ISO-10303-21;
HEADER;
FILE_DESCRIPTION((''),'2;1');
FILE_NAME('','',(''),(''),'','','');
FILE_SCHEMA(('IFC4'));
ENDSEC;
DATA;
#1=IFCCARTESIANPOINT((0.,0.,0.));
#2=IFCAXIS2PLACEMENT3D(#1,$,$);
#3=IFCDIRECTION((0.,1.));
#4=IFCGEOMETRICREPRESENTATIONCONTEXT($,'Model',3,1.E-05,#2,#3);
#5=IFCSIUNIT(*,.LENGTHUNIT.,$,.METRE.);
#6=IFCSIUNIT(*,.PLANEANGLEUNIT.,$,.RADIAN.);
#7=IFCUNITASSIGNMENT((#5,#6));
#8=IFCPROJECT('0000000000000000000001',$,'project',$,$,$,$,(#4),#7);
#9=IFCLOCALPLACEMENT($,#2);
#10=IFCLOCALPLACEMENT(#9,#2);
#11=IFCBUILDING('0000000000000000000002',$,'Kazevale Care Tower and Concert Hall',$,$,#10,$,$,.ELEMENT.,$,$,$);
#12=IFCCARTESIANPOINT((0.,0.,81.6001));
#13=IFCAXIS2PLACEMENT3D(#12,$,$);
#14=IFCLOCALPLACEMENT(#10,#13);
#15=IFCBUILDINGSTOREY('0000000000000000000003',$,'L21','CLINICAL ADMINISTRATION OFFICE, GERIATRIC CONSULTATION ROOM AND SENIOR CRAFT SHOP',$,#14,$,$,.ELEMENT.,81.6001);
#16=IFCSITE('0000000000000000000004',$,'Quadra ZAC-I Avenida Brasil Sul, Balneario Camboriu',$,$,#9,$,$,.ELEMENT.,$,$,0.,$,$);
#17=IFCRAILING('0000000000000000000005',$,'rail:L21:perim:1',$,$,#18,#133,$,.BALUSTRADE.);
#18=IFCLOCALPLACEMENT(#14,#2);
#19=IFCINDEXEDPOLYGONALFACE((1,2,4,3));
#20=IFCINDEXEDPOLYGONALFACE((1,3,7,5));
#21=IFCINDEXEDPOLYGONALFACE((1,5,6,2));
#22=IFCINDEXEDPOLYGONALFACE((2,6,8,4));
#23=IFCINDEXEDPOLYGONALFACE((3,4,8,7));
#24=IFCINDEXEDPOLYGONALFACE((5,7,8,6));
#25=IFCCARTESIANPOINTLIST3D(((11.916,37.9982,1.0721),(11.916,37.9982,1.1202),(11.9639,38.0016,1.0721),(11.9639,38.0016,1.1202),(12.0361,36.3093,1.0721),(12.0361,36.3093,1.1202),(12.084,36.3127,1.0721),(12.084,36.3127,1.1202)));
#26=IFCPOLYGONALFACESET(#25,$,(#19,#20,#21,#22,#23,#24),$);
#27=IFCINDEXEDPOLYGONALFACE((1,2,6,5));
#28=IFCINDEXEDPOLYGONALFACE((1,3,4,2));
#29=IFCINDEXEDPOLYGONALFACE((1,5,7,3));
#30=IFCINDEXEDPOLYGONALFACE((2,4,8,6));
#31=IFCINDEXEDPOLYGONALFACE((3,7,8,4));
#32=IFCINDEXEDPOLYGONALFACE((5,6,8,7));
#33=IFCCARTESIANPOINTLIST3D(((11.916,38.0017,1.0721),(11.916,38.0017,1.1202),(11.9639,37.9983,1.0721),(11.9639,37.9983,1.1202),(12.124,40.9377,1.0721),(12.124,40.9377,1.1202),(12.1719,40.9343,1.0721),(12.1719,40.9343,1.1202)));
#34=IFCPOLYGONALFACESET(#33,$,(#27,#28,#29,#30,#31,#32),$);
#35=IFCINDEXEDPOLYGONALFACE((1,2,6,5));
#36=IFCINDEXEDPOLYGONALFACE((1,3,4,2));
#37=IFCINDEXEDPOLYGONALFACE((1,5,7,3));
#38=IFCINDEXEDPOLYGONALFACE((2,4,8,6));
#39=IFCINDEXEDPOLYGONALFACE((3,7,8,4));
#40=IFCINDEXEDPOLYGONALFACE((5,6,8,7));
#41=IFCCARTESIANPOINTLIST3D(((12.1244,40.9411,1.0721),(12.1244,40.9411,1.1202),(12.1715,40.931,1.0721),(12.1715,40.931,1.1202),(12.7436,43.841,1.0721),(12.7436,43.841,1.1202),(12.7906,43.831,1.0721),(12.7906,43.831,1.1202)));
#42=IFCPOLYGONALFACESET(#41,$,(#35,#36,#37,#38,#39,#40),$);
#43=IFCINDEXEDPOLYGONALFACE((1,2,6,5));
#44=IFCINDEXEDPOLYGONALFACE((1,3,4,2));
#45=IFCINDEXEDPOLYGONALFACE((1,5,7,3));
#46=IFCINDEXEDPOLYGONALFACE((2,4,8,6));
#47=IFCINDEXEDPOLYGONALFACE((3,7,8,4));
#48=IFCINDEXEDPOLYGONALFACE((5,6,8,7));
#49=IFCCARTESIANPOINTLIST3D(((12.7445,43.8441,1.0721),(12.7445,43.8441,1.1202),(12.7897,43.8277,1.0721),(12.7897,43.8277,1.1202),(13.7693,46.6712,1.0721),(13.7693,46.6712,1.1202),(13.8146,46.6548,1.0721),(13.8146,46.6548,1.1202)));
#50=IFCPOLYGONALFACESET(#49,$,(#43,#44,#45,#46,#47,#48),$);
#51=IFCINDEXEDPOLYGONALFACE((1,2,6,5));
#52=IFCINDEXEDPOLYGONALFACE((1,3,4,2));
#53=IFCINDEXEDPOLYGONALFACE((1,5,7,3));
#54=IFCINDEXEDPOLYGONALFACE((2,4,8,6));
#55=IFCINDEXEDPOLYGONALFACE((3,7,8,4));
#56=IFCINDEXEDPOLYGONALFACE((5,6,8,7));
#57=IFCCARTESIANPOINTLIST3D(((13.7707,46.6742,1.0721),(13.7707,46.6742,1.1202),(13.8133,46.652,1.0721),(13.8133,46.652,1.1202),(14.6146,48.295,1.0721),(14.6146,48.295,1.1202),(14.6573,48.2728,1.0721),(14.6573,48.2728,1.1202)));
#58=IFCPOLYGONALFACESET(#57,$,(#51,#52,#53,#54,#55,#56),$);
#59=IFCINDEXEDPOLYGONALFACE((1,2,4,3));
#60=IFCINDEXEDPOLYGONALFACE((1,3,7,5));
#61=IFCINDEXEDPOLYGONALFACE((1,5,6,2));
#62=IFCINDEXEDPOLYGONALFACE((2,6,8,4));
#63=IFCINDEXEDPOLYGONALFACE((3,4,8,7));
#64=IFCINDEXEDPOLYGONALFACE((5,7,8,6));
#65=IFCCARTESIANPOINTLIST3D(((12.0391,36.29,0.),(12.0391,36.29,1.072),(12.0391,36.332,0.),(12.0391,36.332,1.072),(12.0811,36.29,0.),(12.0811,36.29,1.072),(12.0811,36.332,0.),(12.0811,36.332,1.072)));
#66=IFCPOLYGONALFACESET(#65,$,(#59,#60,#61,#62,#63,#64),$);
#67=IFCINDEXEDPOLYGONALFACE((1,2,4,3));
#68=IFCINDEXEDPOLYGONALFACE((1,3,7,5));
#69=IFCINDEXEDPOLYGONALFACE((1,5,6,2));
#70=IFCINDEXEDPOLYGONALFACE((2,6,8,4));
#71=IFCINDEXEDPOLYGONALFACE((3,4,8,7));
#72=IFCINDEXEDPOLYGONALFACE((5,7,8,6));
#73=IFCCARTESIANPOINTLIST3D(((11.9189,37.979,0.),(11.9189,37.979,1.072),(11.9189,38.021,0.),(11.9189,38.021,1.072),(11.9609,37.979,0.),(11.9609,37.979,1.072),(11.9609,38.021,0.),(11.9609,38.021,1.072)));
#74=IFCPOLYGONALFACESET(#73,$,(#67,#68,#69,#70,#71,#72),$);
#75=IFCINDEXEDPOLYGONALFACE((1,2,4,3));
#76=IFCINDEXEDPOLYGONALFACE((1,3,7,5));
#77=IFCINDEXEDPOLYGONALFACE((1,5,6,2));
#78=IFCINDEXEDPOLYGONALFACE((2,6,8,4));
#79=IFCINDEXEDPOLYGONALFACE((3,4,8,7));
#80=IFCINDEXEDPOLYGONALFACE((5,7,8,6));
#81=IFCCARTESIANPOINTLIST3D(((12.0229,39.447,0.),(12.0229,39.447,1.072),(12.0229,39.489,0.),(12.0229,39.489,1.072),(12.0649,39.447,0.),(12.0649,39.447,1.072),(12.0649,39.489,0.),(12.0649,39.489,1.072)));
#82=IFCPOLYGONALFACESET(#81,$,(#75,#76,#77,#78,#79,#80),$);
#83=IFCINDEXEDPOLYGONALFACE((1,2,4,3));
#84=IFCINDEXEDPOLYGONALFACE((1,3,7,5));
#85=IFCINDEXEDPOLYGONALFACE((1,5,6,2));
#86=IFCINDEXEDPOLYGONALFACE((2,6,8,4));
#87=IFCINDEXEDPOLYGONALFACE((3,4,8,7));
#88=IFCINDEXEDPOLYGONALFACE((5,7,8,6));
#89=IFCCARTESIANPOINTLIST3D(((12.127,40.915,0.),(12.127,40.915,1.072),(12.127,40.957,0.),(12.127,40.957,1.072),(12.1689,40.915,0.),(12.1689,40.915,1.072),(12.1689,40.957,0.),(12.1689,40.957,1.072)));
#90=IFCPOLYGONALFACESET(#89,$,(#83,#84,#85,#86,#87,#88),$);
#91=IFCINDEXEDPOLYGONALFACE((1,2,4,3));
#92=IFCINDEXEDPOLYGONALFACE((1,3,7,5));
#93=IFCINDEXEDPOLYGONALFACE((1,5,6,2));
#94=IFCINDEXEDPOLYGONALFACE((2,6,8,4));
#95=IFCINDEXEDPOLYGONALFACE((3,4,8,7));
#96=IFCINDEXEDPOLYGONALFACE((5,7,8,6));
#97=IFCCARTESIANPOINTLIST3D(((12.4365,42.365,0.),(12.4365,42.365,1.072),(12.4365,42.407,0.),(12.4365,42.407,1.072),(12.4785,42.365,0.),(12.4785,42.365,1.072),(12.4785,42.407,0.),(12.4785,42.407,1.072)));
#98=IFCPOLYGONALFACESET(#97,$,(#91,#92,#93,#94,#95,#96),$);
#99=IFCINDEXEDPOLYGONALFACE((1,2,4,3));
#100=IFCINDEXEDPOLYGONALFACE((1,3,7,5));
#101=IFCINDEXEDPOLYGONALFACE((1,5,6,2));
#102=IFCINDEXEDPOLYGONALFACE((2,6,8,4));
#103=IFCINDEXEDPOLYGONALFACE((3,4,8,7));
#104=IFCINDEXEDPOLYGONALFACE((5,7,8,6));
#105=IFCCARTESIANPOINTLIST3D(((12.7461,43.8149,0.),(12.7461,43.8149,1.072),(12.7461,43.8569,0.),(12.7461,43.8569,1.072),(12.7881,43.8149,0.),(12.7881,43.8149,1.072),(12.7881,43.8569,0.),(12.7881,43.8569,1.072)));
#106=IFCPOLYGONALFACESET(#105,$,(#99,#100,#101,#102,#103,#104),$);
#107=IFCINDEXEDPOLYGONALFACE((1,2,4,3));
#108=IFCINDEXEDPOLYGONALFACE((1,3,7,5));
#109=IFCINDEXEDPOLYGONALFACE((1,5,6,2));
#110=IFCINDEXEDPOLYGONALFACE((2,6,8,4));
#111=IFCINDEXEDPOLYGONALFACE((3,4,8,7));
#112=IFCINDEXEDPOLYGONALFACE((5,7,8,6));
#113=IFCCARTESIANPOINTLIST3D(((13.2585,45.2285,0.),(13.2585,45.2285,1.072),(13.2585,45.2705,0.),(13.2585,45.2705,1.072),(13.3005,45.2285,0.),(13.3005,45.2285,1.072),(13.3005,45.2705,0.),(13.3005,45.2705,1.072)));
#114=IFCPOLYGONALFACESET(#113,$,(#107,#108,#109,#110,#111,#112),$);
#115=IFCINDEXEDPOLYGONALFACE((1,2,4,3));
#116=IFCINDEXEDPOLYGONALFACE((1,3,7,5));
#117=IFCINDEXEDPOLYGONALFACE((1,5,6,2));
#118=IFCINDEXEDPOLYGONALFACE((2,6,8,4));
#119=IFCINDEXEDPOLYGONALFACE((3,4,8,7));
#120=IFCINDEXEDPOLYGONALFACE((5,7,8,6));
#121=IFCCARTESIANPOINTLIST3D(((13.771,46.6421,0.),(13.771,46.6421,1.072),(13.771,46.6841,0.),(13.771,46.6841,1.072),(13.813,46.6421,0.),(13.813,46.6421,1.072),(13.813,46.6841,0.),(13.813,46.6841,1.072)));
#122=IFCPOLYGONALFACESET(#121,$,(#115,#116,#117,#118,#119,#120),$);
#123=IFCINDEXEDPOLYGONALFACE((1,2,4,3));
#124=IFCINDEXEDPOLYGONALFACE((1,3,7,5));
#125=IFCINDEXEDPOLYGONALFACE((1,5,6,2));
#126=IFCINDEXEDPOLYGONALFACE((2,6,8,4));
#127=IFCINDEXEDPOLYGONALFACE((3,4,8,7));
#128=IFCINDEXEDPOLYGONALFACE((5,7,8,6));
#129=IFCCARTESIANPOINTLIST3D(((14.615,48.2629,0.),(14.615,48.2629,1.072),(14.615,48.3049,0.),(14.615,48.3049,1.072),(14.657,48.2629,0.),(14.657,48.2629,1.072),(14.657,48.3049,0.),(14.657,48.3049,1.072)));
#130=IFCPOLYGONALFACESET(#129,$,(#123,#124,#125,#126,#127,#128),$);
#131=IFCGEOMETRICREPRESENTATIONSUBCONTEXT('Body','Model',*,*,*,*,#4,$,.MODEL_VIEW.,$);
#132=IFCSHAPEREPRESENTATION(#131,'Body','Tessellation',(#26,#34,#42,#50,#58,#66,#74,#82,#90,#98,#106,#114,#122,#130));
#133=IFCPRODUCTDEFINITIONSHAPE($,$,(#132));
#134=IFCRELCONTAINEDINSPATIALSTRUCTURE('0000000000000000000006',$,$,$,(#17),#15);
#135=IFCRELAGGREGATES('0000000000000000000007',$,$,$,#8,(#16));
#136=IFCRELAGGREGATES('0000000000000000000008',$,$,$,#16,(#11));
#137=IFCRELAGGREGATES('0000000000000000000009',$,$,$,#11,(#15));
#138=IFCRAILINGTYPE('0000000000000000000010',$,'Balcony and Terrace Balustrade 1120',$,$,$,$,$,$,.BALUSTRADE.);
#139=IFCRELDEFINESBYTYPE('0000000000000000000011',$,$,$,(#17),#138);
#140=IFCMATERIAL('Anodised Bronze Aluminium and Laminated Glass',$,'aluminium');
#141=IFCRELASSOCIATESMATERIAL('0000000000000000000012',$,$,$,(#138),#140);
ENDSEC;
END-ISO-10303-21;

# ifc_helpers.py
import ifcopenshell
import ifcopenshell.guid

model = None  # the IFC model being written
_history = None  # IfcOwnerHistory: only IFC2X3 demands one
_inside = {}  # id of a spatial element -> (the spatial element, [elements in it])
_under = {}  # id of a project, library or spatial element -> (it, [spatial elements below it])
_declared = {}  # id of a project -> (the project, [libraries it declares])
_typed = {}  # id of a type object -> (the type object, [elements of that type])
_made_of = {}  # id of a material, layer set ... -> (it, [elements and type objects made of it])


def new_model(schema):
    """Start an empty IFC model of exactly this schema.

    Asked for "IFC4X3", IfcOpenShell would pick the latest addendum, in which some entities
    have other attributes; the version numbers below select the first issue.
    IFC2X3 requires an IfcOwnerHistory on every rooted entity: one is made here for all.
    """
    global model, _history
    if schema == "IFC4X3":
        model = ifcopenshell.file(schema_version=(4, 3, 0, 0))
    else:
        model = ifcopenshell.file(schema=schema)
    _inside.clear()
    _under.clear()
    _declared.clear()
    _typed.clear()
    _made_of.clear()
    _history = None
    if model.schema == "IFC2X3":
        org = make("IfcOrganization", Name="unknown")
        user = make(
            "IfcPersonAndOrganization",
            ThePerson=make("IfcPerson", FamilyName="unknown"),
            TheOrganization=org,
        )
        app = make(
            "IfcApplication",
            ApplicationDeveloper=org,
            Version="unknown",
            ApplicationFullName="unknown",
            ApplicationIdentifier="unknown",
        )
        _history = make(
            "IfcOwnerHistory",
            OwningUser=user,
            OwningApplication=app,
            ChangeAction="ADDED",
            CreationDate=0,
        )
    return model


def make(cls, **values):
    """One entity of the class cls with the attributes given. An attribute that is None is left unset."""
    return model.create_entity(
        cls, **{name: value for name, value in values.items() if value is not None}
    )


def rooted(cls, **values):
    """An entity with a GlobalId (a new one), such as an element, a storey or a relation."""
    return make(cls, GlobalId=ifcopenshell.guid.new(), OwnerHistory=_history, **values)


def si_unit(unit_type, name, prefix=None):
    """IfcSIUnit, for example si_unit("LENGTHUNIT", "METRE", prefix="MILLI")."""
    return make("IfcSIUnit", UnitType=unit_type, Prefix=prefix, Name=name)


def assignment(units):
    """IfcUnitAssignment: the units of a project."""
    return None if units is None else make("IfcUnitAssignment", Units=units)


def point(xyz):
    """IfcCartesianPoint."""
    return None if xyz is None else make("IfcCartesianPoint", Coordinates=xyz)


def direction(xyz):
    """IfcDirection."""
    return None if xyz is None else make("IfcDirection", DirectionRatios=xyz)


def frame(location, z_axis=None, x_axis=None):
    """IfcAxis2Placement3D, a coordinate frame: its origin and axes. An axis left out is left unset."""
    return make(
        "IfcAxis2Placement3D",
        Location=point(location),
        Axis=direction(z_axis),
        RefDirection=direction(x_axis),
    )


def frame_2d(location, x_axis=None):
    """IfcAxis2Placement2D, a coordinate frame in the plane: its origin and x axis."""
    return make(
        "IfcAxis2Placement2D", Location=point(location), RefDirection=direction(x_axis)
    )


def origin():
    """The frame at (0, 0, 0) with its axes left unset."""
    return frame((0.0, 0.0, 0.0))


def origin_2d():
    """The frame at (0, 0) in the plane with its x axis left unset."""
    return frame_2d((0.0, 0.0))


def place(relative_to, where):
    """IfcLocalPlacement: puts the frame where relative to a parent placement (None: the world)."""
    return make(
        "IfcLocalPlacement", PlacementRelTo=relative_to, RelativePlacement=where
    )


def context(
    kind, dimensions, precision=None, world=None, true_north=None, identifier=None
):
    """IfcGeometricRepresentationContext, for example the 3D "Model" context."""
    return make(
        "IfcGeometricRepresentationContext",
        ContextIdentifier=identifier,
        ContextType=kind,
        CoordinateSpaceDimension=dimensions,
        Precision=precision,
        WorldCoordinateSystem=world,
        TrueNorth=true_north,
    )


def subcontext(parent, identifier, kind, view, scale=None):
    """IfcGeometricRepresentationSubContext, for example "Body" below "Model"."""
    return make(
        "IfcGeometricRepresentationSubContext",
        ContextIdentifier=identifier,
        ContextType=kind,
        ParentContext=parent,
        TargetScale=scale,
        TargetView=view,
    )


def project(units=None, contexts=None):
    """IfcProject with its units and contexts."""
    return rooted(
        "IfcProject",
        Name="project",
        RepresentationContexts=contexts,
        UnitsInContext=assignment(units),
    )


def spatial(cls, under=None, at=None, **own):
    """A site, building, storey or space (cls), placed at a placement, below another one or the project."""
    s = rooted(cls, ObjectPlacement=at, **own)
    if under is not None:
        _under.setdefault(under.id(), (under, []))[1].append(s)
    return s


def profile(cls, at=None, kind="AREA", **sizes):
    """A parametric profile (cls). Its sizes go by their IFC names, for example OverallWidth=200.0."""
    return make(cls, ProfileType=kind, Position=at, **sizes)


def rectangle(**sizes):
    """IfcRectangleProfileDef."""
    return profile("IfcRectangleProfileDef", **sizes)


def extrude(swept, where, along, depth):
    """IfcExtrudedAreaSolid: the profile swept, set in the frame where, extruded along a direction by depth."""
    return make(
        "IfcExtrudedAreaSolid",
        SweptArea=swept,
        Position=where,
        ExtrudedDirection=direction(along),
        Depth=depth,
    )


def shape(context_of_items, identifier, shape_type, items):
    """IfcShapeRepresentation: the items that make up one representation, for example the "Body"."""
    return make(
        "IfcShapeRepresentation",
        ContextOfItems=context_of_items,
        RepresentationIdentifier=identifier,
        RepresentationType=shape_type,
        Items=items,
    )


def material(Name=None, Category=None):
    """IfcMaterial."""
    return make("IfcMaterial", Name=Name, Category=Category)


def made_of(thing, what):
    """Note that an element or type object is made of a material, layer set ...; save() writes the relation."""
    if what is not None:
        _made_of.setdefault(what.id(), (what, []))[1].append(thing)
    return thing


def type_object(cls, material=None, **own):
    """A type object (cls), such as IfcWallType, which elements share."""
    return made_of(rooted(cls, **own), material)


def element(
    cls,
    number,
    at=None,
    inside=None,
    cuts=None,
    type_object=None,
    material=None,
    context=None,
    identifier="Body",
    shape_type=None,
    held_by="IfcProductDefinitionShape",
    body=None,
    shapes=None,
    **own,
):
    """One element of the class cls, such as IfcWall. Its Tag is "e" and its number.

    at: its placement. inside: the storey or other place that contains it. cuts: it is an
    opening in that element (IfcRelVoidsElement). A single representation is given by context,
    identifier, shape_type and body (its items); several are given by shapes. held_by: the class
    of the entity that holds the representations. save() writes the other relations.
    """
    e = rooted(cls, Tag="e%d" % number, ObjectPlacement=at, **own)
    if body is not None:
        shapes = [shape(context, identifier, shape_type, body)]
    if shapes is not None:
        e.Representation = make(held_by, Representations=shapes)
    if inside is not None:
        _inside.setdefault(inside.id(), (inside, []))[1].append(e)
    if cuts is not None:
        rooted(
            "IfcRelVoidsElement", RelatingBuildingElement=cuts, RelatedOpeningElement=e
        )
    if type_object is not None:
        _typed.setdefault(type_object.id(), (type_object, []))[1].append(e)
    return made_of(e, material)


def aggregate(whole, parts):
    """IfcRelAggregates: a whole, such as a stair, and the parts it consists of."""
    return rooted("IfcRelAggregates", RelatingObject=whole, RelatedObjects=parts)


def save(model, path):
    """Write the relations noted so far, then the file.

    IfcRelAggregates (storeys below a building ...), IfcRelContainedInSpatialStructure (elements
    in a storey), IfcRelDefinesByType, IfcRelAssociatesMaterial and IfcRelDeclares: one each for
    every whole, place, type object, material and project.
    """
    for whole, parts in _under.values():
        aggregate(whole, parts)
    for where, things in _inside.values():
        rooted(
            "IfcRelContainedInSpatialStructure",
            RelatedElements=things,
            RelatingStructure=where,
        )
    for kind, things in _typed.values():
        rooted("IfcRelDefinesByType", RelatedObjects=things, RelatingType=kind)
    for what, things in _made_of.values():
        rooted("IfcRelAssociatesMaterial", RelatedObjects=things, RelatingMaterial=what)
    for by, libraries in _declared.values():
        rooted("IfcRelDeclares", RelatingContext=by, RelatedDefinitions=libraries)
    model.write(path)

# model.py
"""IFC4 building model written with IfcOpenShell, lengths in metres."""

from ifc_helpers import new_model, si_unit, direction, frame, origin, origin_2d, place, context, subcontext, project, spatial, rectangle, extrude, material, type_object, element, save


model = new_model("IFC4")

# Units and contexts
model_context = context("Model", 3, precision=1e-05, world=origin(), true_north=direction((0.0, 1.0)))
body_context = subcontext(model_context, "Body", "Model", "MODEL_VIEW")
ifc_project = project(units=[si_unit("LENGTHUNIT", "METRE"), si_unit("PLANEANGLEUNIT", "RADIAN")], contexts=[model_context])

# Site, building, storey
site_placement = place(None, origin())
site = spatial("IfcSite", under=ifc_project, at=site_placement, Name="Quadra ZAC-I Avenida Brasil Sul, Balneario Camboriu", CompositionType="ELEMENT", RefElevation=0.0)
building_placement = place(site_placement, origin())
building = spatial("IfcBuilding", under=site, at=building_placement, Name="Kazevale Care Tower and Concert Hall", CompositionType="ELEMENT")
storey_placement = place(building_placement, frame((0.0, 0.0, 81.6001)))
storey = spatial("IfcBuildingStorey", under=building, at=storey_placement, Name="L21", Description="CLINICAL ADMINISTRATION OFFICE, GERIATRIC CONSULTATION ROOM AND SENIOR CRAFT SHOP", CompositionType="ELEMENT", Elevation=81.6001)

# Railing
ifc_material_1 = material(Name="Anodised Bronze Aluminium and Laminated Glass", Category="aluminium")
railing_type = type_object("IfcRailingType", Name="Balcony and Terrace Balustrade 1120", PredefinedType="BALUSTRADE", material=ifc_material_1)
railing_placement = place(storey_placement, frame((12.0601, 36.311, 0.0)))
element("IfcRailing", 1, at=railing_placement, inside=storey, type_object=railing_type, Name="rail:L21:perim:1", PredefinedType="BALUSTRADE", context=body_context, shape_type="SweptSolid", body=[
    extrude(rectangle(XDim=0.0481, YDim=0.0481, at=origin_2d()), frame((0.0, 0.0, 1.0962), z_axis=(-0.07094, 0.997481, 0.0), x_axis=(-0.997481, -0.07094, 0.0)), (0.0, 0.0, 1.0), 1.6931),
    extrude(rectangle(XDim=0.0481, YDim=0.0481, at=origin_2d()), frame((-0.1201, 1.689, 1.0962), z_axis=(0.070669, 0.9975, 0.0), x_axis=(-0.9975, 0.070669, 0.0)), (0.0, 0.0, 1.0), 2.9434),
    extrude(rectangle(XDim=0.0481, YDim=0.0481, at=origin_2d()), frame((0.0879, 4.625, 1.0962), z_axis=(0.208798, 0.977959, 0.0), x_axis=(-0.977959, 0.208798, 0.0)), (0.0, 0.0, 1.0), 2.9653),
    extrude(rectangle(XDim=0.0481, YDim=0.0481, at=origin_2d()), frame((0.707, 7.5249, 1.0962), z_axis=(0.340817, 0.94013, 0.0), x_axis=(-0.94013, 0.340817, 0.0)), (0.0, 0.0, 1.0), 3.0071),
    extrude(rectangle(XDim=0.0481, YDim=0.0481, at=origin_2d()), frame((1.7319, 10.3521, 1.0962), z_axis=(0.461849, 0.886959, 0.0), x_axis=(-0.886959, 0.461849, 0.0)), (0.0, 0.0, 1.0), 1.8274),
    extrude(rectangle(XDim=0.042, YDim=0.042, at=origin_2d()), origin(), (0.0, 0.0, 1.0), 1.072),
    extrude(rectangle(XDim=0.042, YDim=0.042, at=origin_2d()), frame((-0.1201, 1.689, 0.0)), (0.0, 0.0, 1.0), 1.072),
    extrude(rectangle(XDim=0.042, YDim=0.042, at=origin_2d()), frame((-0.0161, 3.157, 0.0)), (0.0, 0.0, 1.0), 1.072),
    extrude(rectangle(XDim=0.042, YDim=0.042, at=origin_2d()), frame((0.0879, 4.625, 0.0)), (0.0, 0.0, 1.0), 1.072),
    extrude(rectangle(XDim=0.042, YDim=0.042, at=origin_2d()), frame((0.3975, 6.075, 0.0)), (0.0, 0.0, 1.0), 1.072),
    extrude(rectangle(XDim=0.042, YDim=0.042, at=origin_2d()), frame((0.707, 7.5249, 0.0)), (0.0, 0.0, 1.0), 1.072),
    extrude(rectangle(XDim=0.042, YDim=0.042, at=origin_2d()), frame((1.2195, 8.9385, 0.0)), (0.0, 0.0, 1.0), 1.072),
    extrude(rectangle(XDim=0.042, YDim=0.042, at=origin_2d()), frame((1.7319, 10.3521, 0.0)), (0.0, 0.0, 1.0), 1.072),
    extrude(rectangle(XDim=0.042, YDim=0.042, at=origin_2d()), frame((2.5759, 11.9729, 0.0)), (0.0, 0.0, 1.0), 1.072),
])

save(model, "model.ifc")
